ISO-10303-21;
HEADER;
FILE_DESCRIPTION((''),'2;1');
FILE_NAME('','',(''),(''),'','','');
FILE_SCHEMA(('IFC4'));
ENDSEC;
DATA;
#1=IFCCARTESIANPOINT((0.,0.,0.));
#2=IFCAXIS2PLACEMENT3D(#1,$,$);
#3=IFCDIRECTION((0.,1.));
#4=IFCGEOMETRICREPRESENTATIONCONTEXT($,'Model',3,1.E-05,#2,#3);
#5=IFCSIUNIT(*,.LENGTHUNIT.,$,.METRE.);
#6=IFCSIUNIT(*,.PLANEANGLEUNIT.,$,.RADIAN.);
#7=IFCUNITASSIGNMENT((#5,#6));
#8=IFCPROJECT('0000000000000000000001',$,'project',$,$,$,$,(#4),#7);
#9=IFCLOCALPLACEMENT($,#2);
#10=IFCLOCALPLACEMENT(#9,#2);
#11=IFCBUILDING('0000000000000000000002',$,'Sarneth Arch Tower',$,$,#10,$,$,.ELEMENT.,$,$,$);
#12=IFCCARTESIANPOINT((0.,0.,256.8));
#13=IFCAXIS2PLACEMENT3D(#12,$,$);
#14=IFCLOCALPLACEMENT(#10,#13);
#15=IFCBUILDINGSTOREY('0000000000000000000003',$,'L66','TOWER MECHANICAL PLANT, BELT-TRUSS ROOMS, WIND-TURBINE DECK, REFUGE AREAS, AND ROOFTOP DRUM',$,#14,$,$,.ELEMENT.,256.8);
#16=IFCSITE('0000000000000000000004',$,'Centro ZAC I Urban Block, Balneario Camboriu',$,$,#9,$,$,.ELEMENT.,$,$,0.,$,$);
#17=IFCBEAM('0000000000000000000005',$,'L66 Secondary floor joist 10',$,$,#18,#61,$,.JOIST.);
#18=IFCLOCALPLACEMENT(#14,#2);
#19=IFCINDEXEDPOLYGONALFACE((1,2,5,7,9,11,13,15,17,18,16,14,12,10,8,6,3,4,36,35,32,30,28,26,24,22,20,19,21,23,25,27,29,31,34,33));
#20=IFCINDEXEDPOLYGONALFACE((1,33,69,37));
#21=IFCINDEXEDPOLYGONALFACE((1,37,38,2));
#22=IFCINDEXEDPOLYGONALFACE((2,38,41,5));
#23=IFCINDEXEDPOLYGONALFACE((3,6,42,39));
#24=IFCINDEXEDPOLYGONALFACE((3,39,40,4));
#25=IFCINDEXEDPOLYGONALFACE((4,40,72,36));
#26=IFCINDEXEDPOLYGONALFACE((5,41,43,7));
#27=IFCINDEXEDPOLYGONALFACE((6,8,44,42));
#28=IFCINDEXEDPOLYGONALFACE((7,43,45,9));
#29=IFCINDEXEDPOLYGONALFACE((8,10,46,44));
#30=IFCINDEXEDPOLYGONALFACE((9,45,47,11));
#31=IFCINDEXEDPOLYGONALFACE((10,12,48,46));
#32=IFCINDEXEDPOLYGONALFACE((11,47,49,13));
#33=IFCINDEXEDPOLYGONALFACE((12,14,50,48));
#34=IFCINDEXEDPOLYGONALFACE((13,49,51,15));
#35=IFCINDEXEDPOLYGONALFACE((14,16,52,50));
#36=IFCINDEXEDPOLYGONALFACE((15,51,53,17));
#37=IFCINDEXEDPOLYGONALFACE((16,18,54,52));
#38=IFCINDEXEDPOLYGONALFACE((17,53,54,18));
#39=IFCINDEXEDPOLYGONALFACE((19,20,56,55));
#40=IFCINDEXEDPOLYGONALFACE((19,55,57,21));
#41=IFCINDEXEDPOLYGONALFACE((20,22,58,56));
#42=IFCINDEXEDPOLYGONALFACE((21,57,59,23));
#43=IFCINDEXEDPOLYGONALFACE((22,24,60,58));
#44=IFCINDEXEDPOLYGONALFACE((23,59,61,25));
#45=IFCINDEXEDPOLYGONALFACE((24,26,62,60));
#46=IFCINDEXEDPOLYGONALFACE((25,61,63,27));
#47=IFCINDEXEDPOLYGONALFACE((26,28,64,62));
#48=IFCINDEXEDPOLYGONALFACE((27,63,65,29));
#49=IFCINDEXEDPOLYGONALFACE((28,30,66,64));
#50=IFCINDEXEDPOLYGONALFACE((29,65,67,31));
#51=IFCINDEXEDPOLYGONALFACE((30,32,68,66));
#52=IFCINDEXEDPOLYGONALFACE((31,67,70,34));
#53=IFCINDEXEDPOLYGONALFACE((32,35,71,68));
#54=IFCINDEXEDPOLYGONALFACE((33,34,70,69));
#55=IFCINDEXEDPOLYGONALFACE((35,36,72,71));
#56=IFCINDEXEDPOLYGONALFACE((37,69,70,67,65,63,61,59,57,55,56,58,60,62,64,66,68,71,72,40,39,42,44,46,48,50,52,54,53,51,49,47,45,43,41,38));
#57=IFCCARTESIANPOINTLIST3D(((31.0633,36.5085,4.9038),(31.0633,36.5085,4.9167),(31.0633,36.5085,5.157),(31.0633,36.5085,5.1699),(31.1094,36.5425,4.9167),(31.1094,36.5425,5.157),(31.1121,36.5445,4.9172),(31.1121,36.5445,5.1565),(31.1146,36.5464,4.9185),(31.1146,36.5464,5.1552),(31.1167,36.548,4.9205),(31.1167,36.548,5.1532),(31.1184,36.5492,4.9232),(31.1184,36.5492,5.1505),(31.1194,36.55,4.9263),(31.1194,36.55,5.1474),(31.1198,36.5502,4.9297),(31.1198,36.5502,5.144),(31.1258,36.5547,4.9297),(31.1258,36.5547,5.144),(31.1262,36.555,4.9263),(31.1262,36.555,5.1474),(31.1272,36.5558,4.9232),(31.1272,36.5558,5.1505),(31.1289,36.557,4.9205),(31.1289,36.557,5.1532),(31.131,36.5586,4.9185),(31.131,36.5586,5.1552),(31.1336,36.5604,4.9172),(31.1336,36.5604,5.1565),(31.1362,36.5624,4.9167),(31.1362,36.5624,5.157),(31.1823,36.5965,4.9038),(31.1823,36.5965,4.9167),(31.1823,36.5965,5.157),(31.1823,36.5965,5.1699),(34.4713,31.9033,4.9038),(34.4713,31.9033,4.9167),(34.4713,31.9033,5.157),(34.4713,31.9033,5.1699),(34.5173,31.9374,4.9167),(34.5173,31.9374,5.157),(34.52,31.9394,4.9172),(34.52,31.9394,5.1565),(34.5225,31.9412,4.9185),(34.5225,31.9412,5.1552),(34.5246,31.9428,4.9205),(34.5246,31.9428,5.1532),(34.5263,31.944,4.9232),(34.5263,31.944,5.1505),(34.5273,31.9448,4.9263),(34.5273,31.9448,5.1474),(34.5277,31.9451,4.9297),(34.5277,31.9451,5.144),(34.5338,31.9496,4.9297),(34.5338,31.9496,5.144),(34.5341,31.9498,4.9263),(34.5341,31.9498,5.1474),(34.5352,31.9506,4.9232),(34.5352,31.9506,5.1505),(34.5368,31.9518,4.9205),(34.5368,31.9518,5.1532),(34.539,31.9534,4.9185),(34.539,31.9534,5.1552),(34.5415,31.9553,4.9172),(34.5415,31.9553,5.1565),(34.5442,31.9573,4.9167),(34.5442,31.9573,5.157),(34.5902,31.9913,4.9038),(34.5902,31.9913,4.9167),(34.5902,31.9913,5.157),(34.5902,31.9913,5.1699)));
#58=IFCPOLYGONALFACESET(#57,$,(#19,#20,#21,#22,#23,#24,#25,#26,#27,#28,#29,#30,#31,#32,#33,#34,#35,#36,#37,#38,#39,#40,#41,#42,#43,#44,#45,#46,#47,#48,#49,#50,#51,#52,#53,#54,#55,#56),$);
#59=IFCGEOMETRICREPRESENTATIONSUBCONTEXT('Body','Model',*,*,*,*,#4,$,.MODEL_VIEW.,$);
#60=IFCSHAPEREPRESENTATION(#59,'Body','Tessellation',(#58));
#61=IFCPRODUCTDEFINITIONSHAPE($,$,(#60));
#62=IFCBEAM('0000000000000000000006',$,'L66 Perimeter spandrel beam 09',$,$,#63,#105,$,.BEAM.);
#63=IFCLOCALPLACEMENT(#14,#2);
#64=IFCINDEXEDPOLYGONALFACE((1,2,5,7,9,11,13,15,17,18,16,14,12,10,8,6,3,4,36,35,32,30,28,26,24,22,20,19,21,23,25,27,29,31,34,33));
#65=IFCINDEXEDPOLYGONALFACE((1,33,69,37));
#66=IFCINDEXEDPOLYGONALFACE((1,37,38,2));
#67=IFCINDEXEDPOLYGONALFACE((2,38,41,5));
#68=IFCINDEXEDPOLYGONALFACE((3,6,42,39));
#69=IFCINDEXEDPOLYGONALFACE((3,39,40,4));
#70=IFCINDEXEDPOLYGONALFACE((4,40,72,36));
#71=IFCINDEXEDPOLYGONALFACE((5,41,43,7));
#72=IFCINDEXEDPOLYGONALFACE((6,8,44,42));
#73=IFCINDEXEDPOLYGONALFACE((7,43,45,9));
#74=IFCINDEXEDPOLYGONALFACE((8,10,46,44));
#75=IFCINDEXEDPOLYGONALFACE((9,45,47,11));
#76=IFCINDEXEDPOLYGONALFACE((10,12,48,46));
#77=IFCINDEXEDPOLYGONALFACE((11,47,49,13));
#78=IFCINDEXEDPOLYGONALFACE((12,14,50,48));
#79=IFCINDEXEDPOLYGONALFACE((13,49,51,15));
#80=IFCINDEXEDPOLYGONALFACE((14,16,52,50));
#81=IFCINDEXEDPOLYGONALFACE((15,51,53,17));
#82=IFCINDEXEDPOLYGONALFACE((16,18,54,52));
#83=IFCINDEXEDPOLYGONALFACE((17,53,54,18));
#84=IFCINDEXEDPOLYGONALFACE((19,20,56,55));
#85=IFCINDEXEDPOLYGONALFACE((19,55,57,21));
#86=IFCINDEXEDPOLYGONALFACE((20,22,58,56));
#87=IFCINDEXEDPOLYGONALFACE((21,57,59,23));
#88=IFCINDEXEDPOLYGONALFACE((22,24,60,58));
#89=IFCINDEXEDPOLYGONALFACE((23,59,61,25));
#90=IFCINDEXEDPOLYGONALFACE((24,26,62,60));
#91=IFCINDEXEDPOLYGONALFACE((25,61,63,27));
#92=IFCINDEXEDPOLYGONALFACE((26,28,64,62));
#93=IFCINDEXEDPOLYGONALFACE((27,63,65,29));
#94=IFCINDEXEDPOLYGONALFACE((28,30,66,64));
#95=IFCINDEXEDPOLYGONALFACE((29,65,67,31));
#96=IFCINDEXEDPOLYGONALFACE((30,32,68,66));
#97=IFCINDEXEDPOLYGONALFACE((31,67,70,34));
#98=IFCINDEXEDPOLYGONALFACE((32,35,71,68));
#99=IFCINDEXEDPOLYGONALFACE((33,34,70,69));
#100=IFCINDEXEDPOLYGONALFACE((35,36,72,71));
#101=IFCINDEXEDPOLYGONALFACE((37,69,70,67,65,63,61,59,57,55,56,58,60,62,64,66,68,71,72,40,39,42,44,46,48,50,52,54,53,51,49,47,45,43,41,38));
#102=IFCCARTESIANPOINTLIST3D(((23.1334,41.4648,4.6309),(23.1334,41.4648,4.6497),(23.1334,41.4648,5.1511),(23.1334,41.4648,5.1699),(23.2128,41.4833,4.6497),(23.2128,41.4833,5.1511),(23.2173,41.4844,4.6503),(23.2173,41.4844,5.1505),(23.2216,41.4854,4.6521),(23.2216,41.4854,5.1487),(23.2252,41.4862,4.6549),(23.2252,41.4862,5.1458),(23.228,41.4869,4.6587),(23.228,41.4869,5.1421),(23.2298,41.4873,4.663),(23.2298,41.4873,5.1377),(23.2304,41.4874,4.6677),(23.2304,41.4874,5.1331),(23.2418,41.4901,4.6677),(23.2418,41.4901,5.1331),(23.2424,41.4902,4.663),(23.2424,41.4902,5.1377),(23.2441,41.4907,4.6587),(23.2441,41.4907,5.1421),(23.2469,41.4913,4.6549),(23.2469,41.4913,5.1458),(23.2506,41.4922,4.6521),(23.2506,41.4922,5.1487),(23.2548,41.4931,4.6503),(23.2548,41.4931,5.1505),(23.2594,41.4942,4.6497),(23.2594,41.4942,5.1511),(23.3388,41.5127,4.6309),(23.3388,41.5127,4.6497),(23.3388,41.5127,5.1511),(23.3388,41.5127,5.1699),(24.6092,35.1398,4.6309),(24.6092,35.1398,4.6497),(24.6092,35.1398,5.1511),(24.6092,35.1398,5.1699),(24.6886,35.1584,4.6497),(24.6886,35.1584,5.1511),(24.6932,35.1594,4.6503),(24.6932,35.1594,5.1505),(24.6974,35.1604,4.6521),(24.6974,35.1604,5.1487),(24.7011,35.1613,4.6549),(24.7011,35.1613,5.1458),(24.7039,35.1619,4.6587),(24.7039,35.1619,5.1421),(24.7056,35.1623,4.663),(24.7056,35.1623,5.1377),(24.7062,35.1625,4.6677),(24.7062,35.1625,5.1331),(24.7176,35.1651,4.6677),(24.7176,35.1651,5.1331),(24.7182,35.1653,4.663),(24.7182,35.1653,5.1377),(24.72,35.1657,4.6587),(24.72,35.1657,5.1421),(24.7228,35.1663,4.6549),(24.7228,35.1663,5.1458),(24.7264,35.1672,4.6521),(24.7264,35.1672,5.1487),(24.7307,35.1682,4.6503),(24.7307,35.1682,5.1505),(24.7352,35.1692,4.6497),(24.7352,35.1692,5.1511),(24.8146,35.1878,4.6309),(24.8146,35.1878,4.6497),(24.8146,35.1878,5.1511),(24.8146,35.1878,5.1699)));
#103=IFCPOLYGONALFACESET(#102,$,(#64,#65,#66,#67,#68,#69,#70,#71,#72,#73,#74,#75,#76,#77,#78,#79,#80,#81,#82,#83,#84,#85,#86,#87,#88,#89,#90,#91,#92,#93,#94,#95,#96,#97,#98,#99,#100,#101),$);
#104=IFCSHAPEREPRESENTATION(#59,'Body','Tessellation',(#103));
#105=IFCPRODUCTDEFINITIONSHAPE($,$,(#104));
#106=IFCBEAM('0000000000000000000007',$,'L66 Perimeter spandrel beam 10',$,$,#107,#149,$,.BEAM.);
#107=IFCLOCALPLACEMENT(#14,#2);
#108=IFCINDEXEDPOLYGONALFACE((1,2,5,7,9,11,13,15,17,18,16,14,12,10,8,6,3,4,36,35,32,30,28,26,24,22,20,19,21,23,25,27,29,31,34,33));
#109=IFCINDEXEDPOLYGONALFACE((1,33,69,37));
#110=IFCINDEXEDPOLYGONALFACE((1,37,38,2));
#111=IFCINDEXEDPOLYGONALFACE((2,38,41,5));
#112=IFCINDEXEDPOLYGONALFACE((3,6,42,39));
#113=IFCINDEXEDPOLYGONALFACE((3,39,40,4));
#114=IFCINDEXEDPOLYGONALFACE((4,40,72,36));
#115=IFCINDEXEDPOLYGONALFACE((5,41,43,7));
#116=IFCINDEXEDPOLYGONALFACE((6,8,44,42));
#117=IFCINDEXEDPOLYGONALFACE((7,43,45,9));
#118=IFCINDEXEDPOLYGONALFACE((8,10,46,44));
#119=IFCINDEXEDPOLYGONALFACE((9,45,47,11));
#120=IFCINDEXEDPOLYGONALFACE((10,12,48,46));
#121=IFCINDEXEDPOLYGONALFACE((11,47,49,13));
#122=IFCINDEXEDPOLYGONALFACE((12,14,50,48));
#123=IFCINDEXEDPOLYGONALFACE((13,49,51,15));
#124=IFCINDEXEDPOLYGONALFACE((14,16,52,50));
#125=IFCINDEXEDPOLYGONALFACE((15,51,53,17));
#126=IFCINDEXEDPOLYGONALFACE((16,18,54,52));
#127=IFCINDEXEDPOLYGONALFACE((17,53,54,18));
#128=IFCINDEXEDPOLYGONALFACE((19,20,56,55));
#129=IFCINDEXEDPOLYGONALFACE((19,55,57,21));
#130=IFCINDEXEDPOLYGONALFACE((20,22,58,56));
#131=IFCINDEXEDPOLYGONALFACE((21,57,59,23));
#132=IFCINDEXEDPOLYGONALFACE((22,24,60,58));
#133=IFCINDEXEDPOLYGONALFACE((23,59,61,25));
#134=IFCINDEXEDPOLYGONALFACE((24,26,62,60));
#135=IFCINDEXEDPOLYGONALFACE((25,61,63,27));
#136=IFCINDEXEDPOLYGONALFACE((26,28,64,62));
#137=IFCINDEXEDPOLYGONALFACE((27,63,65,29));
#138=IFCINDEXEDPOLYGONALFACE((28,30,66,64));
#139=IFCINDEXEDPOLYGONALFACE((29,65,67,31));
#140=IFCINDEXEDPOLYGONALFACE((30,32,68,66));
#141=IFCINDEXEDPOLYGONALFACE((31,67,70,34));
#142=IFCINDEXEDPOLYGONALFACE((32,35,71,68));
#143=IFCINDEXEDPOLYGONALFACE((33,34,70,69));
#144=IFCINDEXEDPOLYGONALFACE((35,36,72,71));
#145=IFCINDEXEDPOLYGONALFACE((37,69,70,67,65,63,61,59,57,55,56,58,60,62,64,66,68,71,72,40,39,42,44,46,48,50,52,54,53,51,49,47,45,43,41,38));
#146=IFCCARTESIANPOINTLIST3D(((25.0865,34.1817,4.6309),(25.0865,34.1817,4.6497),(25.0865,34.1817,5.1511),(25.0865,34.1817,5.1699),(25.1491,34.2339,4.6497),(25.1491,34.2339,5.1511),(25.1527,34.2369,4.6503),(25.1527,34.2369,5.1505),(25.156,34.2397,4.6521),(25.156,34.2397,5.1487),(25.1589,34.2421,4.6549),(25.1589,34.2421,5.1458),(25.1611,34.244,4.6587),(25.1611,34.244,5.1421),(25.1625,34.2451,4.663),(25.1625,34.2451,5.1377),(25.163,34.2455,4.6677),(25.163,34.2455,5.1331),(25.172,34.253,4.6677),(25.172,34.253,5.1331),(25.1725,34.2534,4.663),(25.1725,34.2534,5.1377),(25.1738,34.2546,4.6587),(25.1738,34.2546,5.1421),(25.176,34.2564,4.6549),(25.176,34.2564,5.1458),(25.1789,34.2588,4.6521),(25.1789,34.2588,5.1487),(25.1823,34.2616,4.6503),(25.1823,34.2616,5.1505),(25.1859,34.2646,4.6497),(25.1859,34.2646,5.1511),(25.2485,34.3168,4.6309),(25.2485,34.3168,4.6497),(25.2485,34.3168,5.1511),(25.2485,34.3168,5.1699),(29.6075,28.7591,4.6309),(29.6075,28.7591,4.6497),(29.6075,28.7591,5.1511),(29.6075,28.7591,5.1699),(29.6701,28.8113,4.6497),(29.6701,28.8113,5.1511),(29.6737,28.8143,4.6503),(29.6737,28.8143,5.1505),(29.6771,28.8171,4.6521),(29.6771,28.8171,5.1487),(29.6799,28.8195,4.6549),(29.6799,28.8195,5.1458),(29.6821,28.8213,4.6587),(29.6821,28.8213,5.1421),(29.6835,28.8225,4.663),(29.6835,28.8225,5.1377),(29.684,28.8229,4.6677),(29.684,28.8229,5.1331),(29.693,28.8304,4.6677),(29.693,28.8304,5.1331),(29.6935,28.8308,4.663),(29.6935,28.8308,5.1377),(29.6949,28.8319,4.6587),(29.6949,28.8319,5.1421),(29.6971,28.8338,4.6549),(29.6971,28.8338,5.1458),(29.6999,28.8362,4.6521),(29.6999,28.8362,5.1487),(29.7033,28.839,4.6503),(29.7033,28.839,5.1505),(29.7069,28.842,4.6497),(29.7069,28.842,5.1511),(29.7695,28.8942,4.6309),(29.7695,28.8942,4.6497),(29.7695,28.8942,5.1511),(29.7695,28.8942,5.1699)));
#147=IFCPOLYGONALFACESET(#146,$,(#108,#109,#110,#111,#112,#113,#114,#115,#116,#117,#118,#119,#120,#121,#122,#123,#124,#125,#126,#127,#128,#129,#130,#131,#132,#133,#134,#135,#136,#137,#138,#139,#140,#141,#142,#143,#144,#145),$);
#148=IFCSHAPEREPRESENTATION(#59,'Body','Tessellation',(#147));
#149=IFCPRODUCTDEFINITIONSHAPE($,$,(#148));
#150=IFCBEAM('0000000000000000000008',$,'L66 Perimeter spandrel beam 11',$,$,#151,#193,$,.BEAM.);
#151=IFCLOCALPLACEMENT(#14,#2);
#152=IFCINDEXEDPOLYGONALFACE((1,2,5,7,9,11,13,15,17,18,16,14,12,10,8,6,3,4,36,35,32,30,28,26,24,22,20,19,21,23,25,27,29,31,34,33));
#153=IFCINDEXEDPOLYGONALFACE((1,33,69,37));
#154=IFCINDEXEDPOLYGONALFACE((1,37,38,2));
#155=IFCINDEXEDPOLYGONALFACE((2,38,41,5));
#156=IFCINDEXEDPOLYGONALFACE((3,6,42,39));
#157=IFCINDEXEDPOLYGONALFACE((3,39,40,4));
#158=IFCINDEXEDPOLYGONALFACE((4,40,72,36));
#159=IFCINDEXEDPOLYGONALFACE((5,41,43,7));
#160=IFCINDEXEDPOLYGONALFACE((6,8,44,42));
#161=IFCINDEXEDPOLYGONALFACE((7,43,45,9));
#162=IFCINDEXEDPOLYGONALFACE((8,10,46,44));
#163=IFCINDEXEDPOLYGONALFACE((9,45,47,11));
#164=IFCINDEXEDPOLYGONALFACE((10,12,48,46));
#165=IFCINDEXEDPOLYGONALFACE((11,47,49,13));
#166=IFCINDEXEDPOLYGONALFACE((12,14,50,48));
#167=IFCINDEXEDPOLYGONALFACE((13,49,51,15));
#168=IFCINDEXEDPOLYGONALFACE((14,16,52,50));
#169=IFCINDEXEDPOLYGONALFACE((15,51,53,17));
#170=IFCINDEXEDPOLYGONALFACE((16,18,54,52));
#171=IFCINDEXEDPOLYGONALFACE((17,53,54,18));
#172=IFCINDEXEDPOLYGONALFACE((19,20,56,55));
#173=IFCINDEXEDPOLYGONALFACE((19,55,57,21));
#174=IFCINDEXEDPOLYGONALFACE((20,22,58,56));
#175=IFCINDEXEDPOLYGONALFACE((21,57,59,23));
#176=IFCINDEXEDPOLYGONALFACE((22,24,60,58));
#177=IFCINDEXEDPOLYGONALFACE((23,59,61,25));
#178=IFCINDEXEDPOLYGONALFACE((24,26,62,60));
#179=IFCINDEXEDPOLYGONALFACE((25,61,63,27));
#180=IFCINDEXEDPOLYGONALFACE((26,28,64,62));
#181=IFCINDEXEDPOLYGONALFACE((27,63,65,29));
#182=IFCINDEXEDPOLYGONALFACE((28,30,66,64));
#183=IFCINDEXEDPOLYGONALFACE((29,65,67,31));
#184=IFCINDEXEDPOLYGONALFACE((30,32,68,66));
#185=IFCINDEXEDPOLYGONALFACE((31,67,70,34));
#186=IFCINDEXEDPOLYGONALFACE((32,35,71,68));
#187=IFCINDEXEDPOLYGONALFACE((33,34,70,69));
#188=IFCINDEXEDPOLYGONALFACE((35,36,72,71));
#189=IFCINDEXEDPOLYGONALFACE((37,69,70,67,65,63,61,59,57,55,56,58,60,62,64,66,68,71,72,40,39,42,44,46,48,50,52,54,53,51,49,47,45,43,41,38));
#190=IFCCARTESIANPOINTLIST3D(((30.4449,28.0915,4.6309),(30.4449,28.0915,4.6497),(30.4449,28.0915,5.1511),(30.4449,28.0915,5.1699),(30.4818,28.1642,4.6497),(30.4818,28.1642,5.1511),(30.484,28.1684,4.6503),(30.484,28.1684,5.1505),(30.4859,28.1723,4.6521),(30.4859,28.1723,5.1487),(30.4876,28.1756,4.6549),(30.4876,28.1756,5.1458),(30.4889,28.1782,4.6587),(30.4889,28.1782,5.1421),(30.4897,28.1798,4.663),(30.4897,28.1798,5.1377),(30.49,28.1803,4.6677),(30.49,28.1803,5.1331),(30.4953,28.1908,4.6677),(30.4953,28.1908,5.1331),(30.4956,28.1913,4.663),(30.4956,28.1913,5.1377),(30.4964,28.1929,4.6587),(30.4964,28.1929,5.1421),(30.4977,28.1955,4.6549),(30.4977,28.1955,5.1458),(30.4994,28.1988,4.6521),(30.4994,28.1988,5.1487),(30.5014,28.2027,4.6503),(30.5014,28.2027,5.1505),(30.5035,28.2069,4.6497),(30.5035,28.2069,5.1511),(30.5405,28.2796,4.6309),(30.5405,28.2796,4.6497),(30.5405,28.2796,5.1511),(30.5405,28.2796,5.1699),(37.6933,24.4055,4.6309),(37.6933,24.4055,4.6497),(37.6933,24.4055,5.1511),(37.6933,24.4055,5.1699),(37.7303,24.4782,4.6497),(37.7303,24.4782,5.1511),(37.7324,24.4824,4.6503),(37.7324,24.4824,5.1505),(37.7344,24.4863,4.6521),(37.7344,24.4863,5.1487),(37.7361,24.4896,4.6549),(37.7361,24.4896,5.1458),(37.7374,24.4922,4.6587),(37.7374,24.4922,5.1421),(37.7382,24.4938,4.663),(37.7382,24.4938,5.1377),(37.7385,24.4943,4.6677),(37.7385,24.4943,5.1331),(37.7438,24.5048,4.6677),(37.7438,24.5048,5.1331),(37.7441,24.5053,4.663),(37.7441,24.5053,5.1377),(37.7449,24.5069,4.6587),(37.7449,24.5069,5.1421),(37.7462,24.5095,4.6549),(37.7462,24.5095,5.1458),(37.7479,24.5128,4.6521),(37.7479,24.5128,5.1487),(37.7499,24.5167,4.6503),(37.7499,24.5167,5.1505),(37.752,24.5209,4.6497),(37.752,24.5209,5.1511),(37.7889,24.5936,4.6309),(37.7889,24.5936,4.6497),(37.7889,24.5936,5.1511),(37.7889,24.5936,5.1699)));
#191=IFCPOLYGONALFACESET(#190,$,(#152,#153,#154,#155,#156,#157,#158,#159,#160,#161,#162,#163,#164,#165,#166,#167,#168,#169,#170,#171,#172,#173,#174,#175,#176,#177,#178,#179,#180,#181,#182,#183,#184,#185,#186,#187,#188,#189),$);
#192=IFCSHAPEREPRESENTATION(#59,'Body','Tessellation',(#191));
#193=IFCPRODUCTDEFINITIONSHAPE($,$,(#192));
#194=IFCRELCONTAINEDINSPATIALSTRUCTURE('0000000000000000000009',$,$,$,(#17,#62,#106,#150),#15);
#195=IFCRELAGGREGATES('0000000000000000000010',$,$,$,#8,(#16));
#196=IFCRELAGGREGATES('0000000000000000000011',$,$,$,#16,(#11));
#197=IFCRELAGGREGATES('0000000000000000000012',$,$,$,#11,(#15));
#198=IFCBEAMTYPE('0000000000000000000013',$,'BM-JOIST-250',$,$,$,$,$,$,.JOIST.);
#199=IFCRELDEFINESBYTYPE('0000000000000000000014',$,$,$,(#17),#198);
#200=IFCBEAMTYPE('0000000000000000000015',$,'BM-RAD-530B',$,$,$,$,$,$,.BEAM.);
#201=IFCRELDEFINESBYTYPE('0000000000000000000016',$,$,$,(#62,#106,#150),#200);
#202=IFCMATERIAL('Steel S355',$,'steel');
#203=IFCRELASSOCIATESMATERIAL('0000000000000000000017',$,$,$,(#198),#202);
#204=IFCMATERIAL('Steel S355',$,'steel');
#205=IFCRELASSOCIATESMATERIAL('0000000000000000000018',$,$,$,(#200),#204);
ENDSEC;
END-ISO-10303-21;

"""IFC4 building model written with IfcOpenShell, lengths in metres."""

from ifc_helpers import new_model, si_unit, direction, frame, origin, origin_2d, place, context, subcontext, project, spatial, i_section, extrude, material, material_profile, profile_set, type_object, element, save


model = new_model("IFC4")

# Units and contexts
model_context = context("Model", 3, precision=1e-05, world=origin(), true_north=direction((0.0, 1.0)))
body_context = subcontext(model_context, "Body", "Model", "MODEL_VIEW")
ifc_project = project(units=[si_unit("LENGTHUNIT", "METRE"), si_unit("PLANEANGLEUNIT", "RADIAN")], contexts=[model_context])

# Site, building, storey
site_placement = place(None, origin())
site = spatial("IfcSite", under=ifc_project, at=site_placement, Name="Centro ZAC I Urban Block, Balneario Camboriu", CompositionType="ELEMENT", RefElevation=0.0)
building_placement = place(site_placement, origin())
building = spatial("IfcBuilding", under=site, at=building_placement, Name="Sarneth Arch Tower", CompositionType="ELEMENT")
storey_placement = place(building_placement, frame((0.0, 0.0, 256.8)))
storey = spatial("IfcBuildingStorey", under=building, at=storey_placement, Name="L66", Description="TOWER MECHANICAL PLANT, BELT-TRUSS ROOMS, WIND-TURBINE DECK, REFUGE AREAS, AND ROOFTOP DRUM", CompositionType="ELEMENT", Elevation=256.8)

# Beams
ifc_material_1 = material(Name="Steel S355", Category="steel")
ifc_material_profile_1 = material_profile(ifc_material_1, i_section(OverallWidth=0.1479, OverallDepth=0.2661, WebThickness=0.0076, FlangeThickness=0.0129, FilletRadius=0.0129, at=origin_2d()), Name="W250x44.8")
ifc_profile_set_1 = profile_set([ifc_material_profile_1], Name="Steel S355")
beam_type_1 = type_object("IfcBeamType", Name="BM-JOIST-250", PredefinedType="JOIST", material=ifc_profile_set_1)
beam_1_placement = place(storey_placement, frame((31.1228, 36.5525, 5.0369), z_axis=(0.594853, -0.803834, 0.0), x_axis=(0.803834, 0.594853, 0.0)))
element("IfcBeam", 1, at=beam_1_placement, inside=storey, type_object=beam_type_1, Name="L66 Secondary floor joist 10", PredefinedType="JOIST", context=body_context, shape_type="SweptSolid", body=[
    extrude(i_section(OverallWidth=0.1479, OverallDepth=0.2661, WebThickness=0.0076, FlangeThickness=0.0129, FilletRadius=0.0129, at=origin_2d()), origin(), (0.0, 0.0, 1.0), 5.729),
])
ifc_material_2 = material(Name="Steel S355", Category="steel")
ifc_material_profile_2 = material_profile(ifc_material_2, i_section(OverallWidth=0.2109, OverallDepth=0.5391, WebThickness=0.0117, FlangeThickness=0.0188, FilletRadius=0.0181, at=origin_2d()), Name="W530x109")
ifc_profile_set_2 = profile_set([ifc_material_profile_2], Name="Steel S355")
beam_type_2 = type_object("IfcBeamType", Name="BM-RAD-530B", PredefinedType="BEAM", material=ifc_profile_set_2)
beam_2_placement = place(storey_placement, frame((23.2361, 41.4888, 4.9004), z_axis=(0.227231, -0.973841, 0.0), x_axis=(0.973841, 0.227231, 0.0)))
element("IfcBeam", 2, at=beam_2_placement, inside=storey, type_object=beam_type_2, Name="L66 Perimeter spandrel beam 09", PredefinedType="BEAM", context=body_context, shape_type="SweptSolid", body=[
    extrude(i_section(OverallWidth=0.2109, OverallDepth=0.5391, WebThickness=0.0117, FlangeThickness=0.0188, FilletRadius=0.0181, at=origin_2d()), origin(), (0.0, 0.0, 1.0), 6.4949),
])
beam_3_placement = place(storey_placement, frame((25.1675, 34.2493, 4.9004), z_axis=(0.640365, -0.768071, 0.0), x_axis=(0.768071, 0.640365, 0.0)))
element("IfcBeam", 3, at=beam_3_placement, inside=storey, type_object=beam_type_2, Name="L66 Perimeter spandrel beam 10", PredefinedType="BEAM", context=body_context, shape_type="SweptSolid", body=[
    extrude(i_section(OverallWidth=0.2109, OverallDepth=0.5391, WebThickness=0.0117, FlangeThickness=0.0188, FilletRadius=0.0181, at=origin_2d()), origin(), (0.0, 0.0, 1.0), 7.0601),
])
beam_4_placement = place(storey_placement, frame((30.4927, 28.1855, 4.9004), z_axis=(0.891368, -0.45328, 0.0), x_axis=(0.45328, 0.891368, 0.0)))
element("IfcBeam", 4, at=beam_4_placement, inside=storey, type_object=beam_type_2, Name="L66 Perimeter spandrel beam 11", PredefinedType="BEAM", context=body_context, shape_type="SweptSolid", body=[
    extrude(i_section(OverallWidth=0.2109, OverallDepth=0.5391, WebThickness=0.0117, FlangeThickness=0.0188, FilletRadius=0.0181, at=origin_2d()), origin(), (0.0, 0.0, 1.0), 8.1318),
])

save(model, "model.ifc")
